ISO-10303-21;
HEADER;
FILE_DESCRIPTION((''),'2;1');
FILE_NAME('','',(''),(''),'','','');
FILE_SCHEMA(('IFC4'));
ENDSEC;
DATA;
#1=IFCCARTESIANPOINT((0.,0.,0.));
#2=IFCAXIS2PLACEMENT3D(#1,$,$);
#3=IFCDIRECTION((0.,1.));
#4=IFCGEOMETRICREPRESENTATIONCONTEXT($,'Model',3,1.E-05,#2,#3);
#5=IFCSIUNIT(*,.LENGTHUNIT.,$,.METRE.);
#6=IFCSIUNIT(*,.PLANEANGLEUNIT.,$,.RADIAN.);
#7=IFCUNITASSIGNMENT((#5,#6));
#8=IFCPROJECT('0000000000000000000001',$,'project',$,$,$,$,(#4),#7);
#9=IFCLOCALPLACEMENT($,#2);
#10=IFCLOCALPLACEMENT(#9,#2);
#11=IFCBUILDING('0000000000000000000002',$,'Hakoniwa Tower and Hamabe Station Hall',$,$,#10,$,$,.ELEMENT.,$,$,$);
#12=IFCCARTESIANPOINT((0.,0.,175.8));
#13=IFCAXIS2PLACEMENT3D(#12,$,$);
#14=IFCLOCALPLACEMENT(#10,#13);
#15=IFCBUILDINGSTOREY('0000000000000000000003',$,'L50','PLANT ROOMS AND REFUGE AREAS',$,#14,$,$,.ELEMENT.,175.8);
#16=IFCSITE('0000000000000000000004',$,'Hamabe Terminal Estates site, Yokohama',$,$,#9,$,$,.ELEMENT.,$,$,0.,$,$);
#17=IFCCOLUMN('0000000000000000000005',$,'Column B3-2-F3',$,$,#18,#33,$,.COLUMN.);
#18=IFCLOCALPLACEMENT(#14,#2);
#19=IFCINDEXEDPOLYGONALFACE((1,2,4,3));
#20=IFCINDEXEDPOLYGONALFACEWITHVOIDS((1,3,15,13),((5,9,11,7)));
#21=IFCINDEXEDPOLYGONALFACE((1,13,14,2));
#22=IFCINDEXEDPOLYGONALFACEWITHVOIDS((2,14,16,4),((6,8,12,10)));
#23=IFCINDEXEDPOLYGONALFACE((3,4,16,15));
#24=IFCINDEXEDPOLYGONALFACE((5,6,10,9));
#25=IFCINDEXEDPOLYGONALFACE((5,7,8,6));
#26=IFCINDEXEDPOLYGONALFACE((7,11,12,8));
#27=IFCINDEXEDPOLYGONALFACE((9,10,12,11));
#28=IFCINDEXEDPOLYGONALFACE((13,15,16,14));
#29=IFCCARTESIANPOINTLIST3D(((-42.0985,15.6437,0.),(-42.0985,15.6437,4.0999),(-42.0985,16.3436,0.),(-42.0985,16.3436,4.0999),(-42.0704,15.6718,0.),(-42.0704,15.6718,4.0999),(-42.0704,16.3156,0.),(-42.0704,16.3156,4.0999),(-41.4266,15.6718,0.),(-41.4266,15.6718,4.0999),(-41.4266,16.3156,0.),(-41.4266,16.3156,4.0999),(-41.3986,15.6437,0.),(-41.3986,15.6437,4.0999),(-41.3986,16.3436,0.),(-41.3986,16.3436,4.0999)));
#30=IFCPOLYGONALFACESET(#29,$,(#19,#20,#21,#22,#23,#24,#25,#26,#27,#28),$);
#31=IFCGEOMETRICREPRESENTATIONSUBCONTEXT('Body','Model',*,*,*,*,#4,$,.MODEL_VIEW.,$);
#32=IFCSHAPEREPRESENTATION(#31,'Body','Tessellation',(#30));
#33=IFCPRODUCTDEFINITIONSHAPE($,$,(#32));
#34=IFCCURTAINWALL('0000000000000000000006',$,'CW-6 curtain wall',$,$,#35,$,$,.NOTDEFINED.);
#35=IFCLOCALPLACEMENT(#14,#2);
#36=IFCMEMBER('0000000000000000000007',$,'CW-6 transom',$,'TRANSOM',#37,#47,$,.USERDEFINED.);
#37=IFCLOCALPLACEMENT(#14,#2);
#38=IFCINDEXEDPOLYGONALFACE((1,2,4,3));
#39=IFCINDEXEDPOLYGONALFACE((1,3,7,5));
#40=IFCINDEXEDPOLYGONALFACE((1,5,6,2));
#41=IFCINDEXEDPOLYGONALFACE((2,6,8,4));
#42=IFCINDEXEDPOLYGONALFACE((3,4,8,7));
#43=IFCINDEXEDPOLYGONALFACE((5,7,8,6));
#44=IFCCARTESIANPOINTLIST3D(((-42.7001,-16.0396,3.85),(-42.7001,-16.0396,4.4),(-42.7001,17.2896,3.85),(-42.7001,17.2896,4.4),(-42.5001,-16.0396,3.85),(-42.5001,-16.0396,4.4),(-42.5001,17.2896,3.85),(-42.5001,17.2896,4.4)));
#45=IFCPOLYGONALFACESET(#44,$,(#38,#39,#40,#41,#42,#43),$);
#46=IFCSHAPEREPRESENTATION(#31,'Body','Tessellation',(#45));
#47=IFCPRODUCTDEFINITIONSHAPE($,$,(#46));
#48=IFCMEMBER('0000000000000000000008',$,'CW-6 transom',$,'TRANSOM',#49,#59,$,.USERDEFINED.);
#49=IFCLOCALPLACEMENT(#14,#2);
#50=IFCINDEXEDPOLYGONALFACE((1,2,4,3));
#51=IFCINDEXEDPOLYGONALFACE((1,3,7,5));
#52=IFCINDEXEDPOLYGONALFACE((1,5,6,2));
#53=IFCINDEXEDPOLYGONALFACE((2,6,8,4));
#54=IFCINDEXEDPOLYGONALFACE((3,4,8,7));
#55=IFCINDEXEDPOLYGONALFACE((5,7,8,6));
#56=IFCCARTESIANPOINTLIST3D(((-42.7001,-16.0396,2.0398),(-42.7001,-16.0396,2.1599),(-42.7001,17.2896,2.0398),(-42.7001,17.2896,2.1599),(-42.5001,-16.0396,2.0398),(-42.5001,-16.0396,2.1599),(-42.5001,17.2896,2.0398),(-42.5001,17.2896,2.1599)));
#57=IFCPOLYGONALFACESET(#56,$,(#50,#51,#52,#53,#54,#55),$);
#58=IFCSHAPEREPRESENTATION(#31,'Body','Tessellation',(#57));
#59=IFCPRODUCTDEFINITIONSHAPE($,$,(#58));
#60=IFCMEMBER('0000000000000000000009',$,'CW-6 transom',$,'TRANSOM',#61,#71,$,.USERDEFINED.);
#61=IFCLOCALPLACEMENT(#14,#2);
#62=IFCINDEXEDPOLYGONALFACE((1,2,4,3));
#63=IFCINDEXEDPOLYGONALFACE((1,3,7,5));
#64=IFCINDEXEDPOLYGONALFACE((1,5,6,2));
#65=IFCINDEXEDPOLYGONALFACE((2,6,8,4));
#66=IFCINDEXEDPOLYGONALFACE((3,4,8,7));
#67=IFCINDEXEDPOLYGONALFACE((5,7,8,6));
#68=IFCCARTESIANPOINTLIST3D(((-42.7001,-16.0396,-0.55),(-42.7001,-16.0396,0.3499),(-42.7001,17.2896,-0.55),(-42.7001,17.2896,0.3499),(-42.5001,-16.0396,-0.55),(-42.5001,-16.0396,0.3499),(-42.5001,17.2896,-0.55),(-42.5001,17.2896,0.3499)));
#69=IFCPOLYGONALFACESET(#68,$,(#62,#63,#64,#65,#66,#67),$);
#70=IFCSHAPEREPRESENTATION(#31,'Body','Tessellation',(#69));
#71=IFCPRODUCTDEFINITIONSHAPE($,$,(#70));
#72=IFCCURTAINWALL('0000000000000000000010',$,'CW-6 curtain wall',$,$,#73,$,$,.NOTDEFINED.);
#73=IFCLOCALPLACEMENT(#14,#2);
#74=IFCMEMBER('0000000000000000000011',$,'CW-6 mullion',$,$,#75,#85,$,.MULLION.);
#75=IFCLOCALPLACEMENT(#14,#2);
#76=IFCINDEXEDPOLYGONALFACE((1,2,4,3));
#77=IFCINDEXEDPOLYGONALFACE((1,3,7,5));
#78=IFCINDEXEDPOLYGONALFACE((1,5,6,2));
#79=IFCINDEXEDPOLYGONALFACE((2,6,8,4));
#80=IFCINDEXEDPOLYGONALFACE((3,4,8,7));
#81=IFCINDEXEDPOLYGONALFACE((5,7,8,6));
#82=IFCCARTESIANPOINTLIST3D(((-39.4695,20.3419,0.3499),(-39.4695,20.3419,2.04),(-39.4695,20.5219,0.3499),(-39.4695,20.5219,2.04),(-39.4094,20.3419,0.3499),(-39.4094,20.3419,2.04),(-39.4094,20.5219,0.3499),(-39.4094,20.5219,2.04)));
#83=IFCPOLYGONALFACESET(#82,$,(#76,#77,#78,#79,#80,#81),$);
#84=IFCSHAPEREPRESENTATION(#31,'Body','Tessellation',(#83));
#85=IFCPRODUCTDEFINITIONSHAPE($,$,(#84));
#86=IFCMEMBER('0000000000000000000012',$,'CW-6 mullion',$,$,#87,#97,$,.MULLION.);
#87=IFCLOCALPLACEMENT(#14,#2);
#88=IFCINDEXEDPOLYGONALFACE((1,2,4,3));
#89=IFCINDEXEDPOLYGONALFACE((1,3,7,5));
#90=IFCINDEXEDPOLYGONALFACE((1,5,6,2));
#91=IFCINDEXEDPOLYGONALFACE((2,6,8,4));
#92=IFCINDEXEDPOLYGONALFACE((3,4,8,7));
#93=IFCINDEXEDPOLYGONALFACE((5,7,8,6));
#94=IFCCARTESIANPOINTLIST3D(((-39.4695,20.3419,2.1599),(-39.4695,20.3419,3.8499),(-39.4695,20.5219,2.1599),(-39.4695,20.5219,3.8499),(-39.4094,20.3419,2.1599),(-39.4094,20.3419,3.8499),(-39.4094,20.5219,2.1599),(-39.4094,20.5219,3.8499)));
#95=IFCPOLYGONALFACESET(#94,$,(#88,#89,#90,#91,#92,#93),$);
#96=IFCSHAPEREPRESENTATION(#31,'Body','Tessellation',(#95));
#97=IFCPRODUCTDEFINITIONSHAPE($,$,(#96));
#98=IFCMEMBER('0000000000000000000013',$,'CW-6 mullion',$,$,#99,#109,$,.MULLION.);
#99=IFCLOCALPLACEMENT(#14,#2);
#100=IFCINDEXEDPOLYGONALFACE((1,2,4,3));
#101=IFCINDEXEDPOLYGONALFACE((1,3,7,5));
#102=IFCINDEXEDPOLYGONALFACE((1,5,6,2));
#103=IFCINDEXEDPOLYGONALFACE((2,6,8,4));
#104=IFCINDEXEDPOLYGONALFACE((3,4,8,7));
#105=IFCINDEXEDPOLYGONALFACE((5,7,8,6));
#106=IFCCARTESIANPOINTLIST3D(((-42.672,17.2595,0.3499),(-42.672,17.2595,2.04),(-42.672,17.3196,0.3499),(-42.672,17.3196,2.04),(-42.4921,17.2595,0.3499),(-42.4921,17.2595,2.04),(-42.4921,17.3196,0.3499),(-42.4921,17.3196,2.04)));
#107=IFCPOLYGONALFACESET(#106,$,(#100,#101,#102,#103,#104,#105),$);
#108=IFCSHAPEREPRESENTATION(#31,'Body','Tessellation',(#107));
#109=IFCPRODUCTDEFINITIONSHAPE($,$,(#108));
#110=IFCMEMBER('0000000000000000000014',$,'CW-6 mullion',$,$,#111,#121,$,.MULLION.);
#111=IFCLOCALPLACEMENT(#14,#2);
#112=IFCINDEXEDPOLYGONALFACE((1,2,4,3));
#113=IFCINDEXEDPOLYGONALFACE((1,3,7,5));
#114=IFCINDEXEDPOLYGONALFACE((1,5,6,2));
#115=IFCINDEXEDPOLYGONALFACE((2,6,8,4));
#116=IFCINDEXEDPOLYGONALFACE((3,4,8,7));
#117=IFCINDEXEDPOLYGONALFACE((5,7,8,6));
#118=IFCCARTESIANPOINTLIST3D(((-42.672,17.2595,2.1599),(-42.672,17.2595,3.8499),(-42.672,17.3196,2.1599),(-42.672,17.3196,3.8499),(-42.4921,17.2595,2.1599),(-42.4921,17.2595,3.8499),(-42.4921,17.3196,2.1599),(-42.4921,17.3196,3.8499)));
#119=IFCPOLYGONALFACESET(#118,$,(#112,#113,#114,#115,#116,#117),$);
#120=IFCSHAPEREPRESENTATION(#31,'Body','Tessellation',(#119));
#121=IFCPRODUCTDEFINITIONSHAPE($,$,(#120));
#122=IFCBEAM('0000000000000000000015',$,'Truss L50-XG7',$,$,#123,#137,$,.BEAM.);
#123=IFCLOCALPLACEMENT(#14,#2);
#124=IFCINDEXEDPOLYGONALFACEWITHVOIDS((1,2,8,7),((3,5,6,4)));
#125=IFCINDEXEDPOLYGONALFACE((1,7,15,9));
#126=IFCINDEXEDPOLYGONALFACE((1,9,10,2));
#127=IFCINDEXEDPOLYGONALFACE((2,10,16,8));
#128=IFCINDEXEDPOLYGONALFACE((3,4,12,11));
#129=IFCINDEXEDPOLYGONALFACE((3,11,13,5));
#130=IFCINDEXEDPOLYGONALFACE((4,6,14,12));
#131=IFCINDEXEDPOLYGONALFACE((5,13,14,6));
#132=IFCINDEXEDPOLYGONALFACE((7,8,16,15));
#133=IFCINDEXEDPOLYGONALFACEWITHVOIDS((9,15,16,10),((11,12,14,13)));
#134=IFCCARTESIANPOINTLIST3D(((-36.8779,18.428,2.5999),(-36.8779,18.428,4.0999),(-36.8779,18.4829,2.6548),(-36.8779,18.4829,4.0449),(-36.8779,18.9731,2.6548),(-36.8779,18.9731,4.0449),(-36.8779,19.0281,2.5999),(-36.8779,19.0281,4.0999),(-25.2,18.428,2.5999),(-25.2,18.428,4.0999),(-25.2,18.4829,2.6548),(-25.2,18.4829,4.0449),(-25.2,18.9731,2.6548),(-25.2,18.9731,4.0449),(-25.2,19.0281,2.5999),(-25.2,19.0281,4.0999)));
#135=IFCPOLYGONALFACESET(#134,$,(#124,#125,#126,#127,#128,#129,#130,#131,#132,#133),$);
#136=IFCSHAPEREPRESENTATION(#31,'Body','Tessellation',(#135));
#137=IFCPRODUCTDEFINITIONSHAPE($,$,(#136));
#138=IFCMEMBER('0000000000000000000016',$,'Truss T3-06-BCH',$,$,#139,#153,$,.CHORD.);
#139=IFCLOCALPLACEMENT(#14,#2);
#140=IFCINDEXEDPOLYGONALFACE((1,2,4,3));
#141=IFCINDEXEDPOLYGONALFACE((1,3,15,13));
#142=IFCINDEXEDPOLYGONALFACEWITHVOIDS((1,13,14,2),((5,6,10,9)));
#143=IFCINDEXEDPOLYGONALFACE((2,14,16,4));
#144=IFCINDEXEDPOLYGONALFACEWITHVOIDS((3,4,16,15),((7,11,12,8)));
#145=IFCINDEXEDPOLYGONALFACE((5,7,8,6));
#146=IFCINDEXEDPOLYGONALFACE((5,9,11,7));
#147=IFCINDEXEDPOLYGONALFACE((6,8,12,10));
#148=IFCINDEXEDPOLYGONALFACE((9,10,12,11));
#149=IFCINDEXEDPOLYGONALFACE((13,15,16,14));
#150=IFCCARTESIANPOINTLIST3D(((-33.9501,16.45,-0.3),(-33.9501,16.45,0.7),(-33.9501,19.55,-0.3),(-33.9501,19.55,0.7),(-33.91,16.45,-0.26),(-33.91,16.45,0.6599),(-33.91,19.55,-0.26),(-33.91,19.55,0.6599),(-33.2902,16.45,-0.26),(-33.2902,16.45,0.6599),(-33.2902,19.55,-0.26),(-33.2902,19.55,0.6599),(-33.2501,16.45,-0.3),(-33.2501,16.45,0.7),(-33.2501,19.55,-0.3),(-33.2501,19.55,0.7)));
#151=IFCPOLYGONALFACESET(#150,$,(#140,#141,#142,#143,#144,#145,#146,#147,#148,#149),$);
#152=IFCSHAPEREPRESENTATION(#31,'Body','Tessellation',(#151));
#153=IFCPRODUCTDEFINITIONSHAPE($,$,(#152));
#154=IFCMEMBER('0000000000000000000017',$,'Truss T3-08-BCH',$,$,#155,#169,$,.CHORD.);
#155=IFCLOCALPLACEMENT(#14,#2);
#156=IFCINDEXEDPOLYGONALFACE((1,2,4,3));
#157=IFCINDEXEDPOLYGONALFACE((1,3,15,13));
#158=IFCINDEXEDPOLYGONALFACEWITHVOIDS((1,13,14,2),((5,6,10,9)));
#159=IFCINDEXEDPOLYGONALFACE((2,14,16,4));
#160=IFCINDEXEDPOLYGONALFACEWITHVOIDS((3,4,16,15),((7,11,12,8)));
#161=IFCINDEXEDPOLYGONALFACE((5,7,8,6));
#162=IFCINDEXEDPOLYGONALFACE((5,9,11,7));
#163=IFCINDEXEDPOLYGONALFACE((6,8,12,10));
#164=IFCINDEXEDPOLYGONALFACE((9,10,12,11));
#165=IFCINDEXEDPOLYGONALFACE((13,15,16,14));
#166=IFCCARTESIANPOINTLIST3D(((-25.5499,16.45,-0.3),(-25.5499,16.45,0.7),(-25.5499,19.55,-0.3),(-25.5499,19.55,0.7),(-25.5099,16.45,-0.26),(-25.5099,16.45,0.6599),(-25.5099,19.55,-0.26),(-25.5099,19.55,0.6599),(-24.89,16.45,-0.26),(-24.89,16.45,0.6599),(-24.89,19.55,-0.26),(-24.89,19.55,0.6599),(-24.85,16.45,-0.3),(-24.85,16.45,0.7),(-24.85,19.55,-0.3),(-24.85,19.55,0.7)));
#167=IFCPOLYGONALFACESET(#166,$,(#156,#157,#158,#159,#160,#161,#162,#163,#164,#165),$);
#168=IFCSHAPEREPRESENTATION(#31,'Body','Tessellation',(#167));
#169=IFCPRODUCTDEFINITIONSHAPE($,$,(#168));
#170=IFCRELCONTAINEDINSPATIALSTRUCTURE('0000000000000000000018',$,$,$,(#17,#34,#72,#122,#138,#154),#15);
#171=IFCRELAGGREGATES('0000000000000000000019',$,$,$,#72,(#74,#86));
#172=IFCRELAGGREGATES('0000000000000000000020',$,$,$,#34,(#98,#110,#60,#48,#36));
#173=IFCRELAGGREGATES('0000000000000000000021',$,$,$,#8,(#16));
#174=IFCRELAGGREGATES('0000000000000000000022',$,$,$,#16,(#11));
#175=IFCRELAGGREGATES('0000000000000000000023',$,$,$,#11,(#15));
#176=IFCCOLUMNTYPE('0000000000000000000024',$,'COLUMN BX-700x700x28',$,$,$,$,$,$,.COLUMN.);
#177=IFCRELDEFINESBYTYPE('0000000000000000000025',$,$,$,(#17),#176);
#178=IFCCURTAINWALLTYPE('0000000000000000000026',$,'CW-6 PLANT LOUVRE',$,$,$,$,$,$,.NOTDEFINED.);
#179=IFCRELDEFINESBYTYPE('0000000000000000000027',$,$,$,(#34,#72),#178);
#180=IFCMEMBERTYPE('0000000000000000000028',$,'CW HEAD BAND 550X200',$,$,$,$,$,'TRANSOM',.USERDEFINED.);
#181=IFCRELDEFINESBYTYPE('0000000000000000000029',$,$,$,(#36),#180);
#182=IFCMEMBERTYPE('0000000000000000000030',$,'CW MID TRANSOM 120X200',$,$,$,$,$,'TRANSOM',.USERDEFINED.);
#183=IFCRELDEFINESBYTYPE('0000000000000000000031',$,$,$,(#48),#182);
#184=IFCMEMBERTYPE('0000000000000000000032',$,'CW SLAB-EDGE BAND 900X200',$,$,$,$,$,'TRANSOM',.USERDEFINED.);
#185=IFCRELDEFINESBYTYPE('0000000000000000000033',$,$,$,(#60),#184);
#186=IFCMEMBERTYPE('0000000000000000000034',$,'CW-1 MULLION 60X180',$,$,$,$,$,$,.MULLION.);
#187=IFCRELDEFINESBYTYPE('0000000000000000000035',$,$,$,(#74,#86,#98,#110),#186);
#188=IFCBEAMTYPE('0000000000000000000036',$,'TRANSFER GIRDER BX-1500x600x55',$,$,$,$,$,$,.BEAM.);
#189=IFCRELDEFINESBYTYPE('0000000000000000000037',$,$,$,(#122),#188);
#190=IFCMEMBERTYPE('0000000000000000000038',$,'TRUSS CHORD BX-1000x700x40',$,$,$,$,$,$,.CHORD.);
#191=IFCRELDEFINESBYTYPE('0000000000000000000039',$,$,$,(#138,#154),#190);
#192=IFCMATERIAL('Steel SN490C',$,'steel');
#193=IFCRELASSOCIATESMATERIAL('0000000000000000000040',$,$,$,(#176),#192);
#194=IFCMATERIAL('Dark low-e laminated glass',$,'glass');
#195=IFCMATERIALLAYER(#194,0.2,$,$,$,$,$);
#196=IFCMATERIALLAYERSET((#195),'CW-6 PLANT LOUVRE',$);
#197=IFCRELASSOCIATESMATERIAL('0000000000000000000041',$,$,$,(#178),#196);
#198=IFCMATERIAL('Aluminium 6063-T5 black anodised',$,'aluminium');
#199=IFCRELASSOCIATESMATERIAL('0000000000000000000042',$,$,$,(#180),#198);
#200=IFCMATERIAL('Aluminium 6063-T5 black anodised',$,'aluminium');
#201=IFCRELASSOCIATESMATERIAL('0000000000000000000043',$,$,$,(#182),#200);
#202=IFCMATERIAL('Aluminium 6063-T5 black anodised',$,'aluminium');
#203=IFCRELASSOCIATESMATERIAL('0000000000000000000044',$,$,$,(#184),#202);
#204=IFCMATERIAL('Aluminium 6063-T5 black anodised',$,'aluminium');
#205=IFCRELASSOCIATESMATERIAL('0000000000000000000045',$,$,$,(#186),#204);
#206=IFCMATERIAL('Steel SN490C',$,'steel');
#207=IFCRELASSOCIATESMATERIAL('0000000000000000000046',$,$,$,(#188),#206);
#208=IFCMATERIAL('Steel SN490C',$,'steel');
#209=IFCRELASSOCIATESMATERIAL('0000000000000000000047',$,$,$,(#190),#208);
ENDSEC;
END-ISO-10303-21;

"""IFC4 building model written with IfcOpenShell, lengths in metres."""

from ifc_helpers import new_model, si_unit, direction, frame, origin, origin_2d, place, context, subcontext, project, spatial, rectangle, hollow_rectangle, extrude, material, layer, layer_set, material_profile, profile_set, type_object, element, aggregate, save


model = new_model("IFC4")

# Units and contexts
model_context = context("Model", 3, precision=1e-05, world=origin(), true_north=direction((0.0, 1.0)))
body_context = subcontext(model_context, "Body", "Model", "MODEL_VIEW")
ifc_project = project(units=[si_unit("LENGTHUNIT", "METRE"), si_unit("PLANEANGLEUNIT", "RADIAN")], contexts=[model_context])

# Site, building, storey
site_placement = place(None, origin())
site = spatial("IfcSite", under=ifc_project, at=site_placement, Name="Hamabe Terminal Estates site, Yokohama", CompositionType="ELEMENT", RefElevation=0.0)
building_placement = place(site_placement, origin())
building = spatial("IfcBuilding", under=site, at=building_placement, Name="Hakoniwa Tower and Hamabe Station Hall", CompositionType="ELEMENT")
storey_placement = place(building_placement, frame((0.0, 0.0, 175.8)))
storey = spatial("IfcBuildingStorey", under=building, at=storey_placement, Name="L50", Description="PLANT ROOMS AND REFUGE AREAS", CompositionType="ELEMENT", Elevation=175.8)

# Column
ifc_material_1 = material(Name="Steel SN490C", Category="steel")
ifc_material_profile_1 = material_profile(ifc_material_1, hollow_rectangle(XDim=0.7, YDim=0.7, WallThickness=0.0281, at=origin_2d()), Name="BX-700x700x28")
ifc_profile_set_1 = profile_set([ifc_material_profile_1], Name="Steel SN490C")
column_type = type_object("IfcColumnType", Name="COLUMN BX-700x700x28", PredefinedType="COLUMN", material=ifc_profile_set_1)
column_placement = place(storey_placement, frame((-41.7485, 15.9937, 0.0), z_axis=(0.0, 0.0, 1.0), x_axis=(1.0, 0.0, 0.0)))
element("IfcColumn", 1, at=column_placement, inside=storey, type_object=column_type, Name="Column B3-2-F3", PredefinedType="COLUMN", context=body_context, shape_type="SweptSolid", body=[
    extrude(hollow_rectangle(XDim=0.7, YDim=0.7, WallThickness=0.0281, at=origin_2d()), origin(), (0.0, 0.0, 1.0), 4.0999),
])

# Curtain walls, members
ifc_material_2 = material(Name="Dark low-e laminated glass", Category="glass")
ifc_layer_1 = layer(ifc_material_2, 0.2)
ifc_layer_set_1 = layer_set([ifc_layer_1], Name="CW-6 PLANT LOUVRE")
curtain_wall_type = type_object("IfcCurtainWallType", Name="CW-6 PLANT LOUVRE", PredefinedType="NOTDEFINED", material=ifc_layer_set_1)
curtain_wall_1_placement = place(storey_placement, origin())
curtain_wall_1 = element("IfcCurtainWall", 2, at=curtain_wall_1_placement, inside=storey, type_object=curtain_wall_type, Name="CW-6 curtain wall", PredefinedType="NOTDEFINED")
ifc_material_3 = material(Name="Aluminium 6063-T5 black anodised", Category="aluminium")
ifc_material_profile_2 = material_profile(ifc_material_3, rectangle(XDim=0.2, YDim=0.55, at=origin_2d()), Name="CW HEAD BAND 550X200")
ifc_profile_set_2 = profile_set([ifc_material_profile_2], Name="Aluminium 6063-T5 black anodised")
member_type_1 = type_object("IfcMemberType", Name="CW HEAD BAND 550X200", ElementType="TRANSOM", PredefinedType="USERDEFINED", material=ifc_profile_set_2)
member_1_placement = place(storey_placement, frame((-42.6001, 17.2896, 4.125), z_axis=(0.0, -1.0, 0.0), x_axis=(1.0, 0.0, 0.0)))
member_1 = element("IfcMember", 3, at=member_1_placement, type_object=member_type_1, Name="CW-6 transom", ObjectType="TRANSOM", PredefinedType="USERDEFINED", context=body_context, shape_type="SweptSolid", body=[
    extrude(rectangle(XDim=0.2, YDim=0.55, at=origin_2d()), origin(), (0.0, 0.0, 1.0), 33.3291),
])
ifc_material_4 = material(Name="Aluminium 6063-T5 black anodised", Category="aluminium")
ifc_material_profile_3 = material_profile(ifc_material_4, rectangle(XDim=0.2, YDim=0.1201, at=origin_2d()), Name="CW MID TRANSOM 120X200")
ifc_profile_set_3 = profile_set([ifc_material_profile_3], Name="Aluminium 6063-T5 black anodised")
member_type_2 = type_object("IfcMemberType", Name="CW MID TRANSOM 120X200", ElementType="TRANSOM", PredefinedType="USERDEFINED", material=ifc_profile_set_3)
member_2_placement = place(storey_placement, frame((-42.6001, 17.2896, 2.0999), z_axis=(0.0, -1.0, 0.0), x_axis=(1.0, 0.0, 0.0)))
member_2 = element("IfcMember", 4, at=member_2_placement, type_object=member_type_2, Name="CW-6 transom", ObjectType="TRANSOM", PredefinedType="USERDEFINED", context=body_context, shape_type="SweptSolid", body=[
    extrude(rectangle(XDim=0.2, YDim=0.1201, at=origin_2d()), origin(), (0.0, 0.0, 1.0), 33.3291),
])
ifc_material_5 = material(Name="Aluminium 6063-T5 black anodised", Category="aluminium")
ifc_material_profile_4 = material_profile(ifc_material_5, rectangle(XDim=0.2, YDim=0.8999, at=origin_2d()), Name="CW SLAB-EDGE BAND 900X200")
ifc_profile_set_4 = profile_set([ifc_material_profile_4], Name="Aluminium 6063-T5 black anodised")
member_type_3 = type_object("IfcMemberType", Name="CW SLAB-EDGE BAND 900X200", ElementType="TRANSOM", PredefinedType="USERDEFINED", material=ifc_profile_set_4)
member_3_placement = place(storey_placement, frame((-42.6001, 17.2896, -0.1001), z_axis=(0.0, -1.0, 0.0), x_axis=(1.0, 0.0, 0.0)))
member_3 = element("IfcMember", 5, at=member_3_placement, type_object=member_type_3, Name="CW-6 transom", ObjectType="TRANSOM", PredefinedType="USERDEFINED", context=body_context, shape_type="SweptSolid", body=[
    extrude(rectangle(XDim=0.2, YDim=0.8999, at=origin_2d()), origin(), (0.0, 0.0, 1.0), 33.3291),
])
curtain_wall_2_placement = place(storey_placement, origin())
curtain_wall_2 = element("IfcCurtainWall", 6, at=curtain_wall_2_placement, inside=storey, type_object=curtain_wall_type, Name="CW-6 curtain wall", PredefinedType="NOTDEFINED")
ifc_material_6 = material(Name="Aluminium 6063-T5 black anodised", Category="aluminium")
ifc_material_profile_5 = material_profile(ifc_material_6, rectangle(XDim=0.0601, YDim=0.1799, at=origin_2d()), Name="CW-1 MULLION 60X180")
ifc_profile_set_5 = profile_set([ifc_material_profile_5], Name="Aluminium 6063-T5 black anodised")
member_type_4 = type_object("IfcMemberType", Name="CW-1 MULLION 60X180", PredefinedType="MULLION", material=ifc_profile_set_5)
member_4_placement = place(storey_placement, frame((-39.4395, 20.4319, 0.3499), z_axis=(0.0, 0.0, 1.0), x_axis=(-1.0, 0.0, 0.0)))
member_4 = element("IfcMember", 7, at=member_4_placement, type_object=member_type_4, Name="CW-6 mullion", PredefinedType="MULLION", context=body_context, shape_type="SweptSolid", body=[
    extrude(rectangle(XDim=0.0601, YDim=0.1799, at=origin_2d()), origin(), (0.0, 0.0, 1.0), 1.6902),
])
member_5_placement = place(storey_placement, frame((-39.4395, 20.4319, 2.1599), z_axis=(0.0, 0.0, 1.0), x_axis=(-1.0, 0.0, 0.0)))
member_5 = element("IfcMember", 8, at=member_5_placement, type_object=member_type_4, Name="CW-6 mullion", PredefinedType="MULLION", context=body_context, shape_type="SweptSolid", body=[
    extrude(rectangle(XDim=0.0601, YDim=0.1799, at=origin_2d()), origin(), (0.0, 0.0, 1.0), 1.6899),
])

# Members
member_6_placement = place(storey_placement, frame((-42.582, 17.2896, 0.3499), z_axis=(0.0, 0.0, 1.0), x_axis=(0.0, -1.0, 0.0)))
member_6 = element("IfcMember", 9, at=member_6_placement, type_object=member_type_4, Name="CW-6 mullion", PredefinedType="MULLION", context=body_context, shape_type="SweptSolid", body=[
    extrude(rectangle(XDim=0.0601, YDim=0.1799, at=origin_2d()), origin(), (0.0, 0.0, 1.0), 1.6902),
])
member_7_placement = place(storey_placement, frame((-42.582, 17.2896, 2.1599), z_axis=(0.0, 0.0, 1.0), x_axis=(0.0, -1.0, 0.0)))
member_7 = element("IfcMember", 10, at=member_7_placement, type_object=member_type_4, Name="CW-6 mullion", PredefinedType="MULLION", context=body_context, shape_type="SweptSolid", body=[
    extrude(rectangle(XDim=0.0601, YDim=0.1799, at=origin_2d()), origin(), (0.0, 0.0, 1.0), 1.6899),
])

# Beam
ifc_material_7 = material(Name="Steel SN490C", Category="steel")
ifc_material_profile_6 = material_profile(ifc_material_7, hollow_rectangle(XDim=0.6001, YDim=1.5, WallThickness=0.0549, at=origin_2d()), Name="BX-1500x600x55")
ifc_profile_set_6 = profile_set([ifc_material_profile_6], Name="Steel SN490C")
beam_type = type_object("IfcBeamType", Name="TRANSFER GIRDER BX-1500x600x55", PredefinedType="BEAM", material=ifc_profile_set_6)
beam_placement = place(storey_placement, frame((-36.8779, 18.728, 3.3499), z_axis=(1.0, 0.0, 0.0), x_axis=(0.0, 1.0, 0.0)))
element("IfcBeam", 11, at=beam_placement, inside=storey, type_object=beam_type, Name="Truss L50-XG7", PredefinedType="BEAM", context=body_context, shape_type="SweptSolid", body=[
    extrude(hollow_rectangle(XDim=0.6001, YDim=1.5, WallThickness=0.0549, at=origin_2d()), origin(), (0.0, 0.0, 1.0), 11.678),
])

# Members
ifc_material_8 = material(Name="Steel SN490C", Category="steel")
ifc_material_profile_7 = material_profile(ifc_material_8, hollow_rectangle(XDim=0.7, YDim=1.0, WallThickness=0.04, at=origin_2d()), Name="BX-1000x700x40")
ifc_profile_set_7 = profile_set([ifc_material_profile_7], Name="Steel SN490C")
member_type_5 = type_object("IfcMemberType", Name="TRUSS CHORD BX-1000x700x40", PredefinedType="CHORD", material=ifc_profile_set_7)
for number, where, z_axis, x_axis, name in (
    (12, (-33.6001, 16.45, 0.2), (0.0, 1.0, 0.0), (-1.0, 0.0, 0.0), "Truss T3-06-BCH"),
    (13, (-25.2, 16.45, 0.2), (0.0, 1.0, 0.0), (-1.0, 0.0, 0.0), "Truss T3-08-BCH"),
):
    element("IfcMember", number, at=place(storey_placement, frame(where, z_axis=z_axis, x_axis=x_axis)), inside=storey, type_object=member_type_5, Name=name, PredefinedType="CHORD", context=body_context, shape_type="SweptSolid", body=[
        extrude(hollow_rectangle(XDim=0.7, YDim=1.0, WallThickness=0.04, at=origin_2d()), origin(), (0.0, 0.0, 1.0), 3.1001),
    ])

aggregate(curtain_wall_2, [member_4, member_5])
aggregate(curtain_wall_1, [member_6, member_7, member_3, member_2, member_1])

save(model, "model.ifc")
